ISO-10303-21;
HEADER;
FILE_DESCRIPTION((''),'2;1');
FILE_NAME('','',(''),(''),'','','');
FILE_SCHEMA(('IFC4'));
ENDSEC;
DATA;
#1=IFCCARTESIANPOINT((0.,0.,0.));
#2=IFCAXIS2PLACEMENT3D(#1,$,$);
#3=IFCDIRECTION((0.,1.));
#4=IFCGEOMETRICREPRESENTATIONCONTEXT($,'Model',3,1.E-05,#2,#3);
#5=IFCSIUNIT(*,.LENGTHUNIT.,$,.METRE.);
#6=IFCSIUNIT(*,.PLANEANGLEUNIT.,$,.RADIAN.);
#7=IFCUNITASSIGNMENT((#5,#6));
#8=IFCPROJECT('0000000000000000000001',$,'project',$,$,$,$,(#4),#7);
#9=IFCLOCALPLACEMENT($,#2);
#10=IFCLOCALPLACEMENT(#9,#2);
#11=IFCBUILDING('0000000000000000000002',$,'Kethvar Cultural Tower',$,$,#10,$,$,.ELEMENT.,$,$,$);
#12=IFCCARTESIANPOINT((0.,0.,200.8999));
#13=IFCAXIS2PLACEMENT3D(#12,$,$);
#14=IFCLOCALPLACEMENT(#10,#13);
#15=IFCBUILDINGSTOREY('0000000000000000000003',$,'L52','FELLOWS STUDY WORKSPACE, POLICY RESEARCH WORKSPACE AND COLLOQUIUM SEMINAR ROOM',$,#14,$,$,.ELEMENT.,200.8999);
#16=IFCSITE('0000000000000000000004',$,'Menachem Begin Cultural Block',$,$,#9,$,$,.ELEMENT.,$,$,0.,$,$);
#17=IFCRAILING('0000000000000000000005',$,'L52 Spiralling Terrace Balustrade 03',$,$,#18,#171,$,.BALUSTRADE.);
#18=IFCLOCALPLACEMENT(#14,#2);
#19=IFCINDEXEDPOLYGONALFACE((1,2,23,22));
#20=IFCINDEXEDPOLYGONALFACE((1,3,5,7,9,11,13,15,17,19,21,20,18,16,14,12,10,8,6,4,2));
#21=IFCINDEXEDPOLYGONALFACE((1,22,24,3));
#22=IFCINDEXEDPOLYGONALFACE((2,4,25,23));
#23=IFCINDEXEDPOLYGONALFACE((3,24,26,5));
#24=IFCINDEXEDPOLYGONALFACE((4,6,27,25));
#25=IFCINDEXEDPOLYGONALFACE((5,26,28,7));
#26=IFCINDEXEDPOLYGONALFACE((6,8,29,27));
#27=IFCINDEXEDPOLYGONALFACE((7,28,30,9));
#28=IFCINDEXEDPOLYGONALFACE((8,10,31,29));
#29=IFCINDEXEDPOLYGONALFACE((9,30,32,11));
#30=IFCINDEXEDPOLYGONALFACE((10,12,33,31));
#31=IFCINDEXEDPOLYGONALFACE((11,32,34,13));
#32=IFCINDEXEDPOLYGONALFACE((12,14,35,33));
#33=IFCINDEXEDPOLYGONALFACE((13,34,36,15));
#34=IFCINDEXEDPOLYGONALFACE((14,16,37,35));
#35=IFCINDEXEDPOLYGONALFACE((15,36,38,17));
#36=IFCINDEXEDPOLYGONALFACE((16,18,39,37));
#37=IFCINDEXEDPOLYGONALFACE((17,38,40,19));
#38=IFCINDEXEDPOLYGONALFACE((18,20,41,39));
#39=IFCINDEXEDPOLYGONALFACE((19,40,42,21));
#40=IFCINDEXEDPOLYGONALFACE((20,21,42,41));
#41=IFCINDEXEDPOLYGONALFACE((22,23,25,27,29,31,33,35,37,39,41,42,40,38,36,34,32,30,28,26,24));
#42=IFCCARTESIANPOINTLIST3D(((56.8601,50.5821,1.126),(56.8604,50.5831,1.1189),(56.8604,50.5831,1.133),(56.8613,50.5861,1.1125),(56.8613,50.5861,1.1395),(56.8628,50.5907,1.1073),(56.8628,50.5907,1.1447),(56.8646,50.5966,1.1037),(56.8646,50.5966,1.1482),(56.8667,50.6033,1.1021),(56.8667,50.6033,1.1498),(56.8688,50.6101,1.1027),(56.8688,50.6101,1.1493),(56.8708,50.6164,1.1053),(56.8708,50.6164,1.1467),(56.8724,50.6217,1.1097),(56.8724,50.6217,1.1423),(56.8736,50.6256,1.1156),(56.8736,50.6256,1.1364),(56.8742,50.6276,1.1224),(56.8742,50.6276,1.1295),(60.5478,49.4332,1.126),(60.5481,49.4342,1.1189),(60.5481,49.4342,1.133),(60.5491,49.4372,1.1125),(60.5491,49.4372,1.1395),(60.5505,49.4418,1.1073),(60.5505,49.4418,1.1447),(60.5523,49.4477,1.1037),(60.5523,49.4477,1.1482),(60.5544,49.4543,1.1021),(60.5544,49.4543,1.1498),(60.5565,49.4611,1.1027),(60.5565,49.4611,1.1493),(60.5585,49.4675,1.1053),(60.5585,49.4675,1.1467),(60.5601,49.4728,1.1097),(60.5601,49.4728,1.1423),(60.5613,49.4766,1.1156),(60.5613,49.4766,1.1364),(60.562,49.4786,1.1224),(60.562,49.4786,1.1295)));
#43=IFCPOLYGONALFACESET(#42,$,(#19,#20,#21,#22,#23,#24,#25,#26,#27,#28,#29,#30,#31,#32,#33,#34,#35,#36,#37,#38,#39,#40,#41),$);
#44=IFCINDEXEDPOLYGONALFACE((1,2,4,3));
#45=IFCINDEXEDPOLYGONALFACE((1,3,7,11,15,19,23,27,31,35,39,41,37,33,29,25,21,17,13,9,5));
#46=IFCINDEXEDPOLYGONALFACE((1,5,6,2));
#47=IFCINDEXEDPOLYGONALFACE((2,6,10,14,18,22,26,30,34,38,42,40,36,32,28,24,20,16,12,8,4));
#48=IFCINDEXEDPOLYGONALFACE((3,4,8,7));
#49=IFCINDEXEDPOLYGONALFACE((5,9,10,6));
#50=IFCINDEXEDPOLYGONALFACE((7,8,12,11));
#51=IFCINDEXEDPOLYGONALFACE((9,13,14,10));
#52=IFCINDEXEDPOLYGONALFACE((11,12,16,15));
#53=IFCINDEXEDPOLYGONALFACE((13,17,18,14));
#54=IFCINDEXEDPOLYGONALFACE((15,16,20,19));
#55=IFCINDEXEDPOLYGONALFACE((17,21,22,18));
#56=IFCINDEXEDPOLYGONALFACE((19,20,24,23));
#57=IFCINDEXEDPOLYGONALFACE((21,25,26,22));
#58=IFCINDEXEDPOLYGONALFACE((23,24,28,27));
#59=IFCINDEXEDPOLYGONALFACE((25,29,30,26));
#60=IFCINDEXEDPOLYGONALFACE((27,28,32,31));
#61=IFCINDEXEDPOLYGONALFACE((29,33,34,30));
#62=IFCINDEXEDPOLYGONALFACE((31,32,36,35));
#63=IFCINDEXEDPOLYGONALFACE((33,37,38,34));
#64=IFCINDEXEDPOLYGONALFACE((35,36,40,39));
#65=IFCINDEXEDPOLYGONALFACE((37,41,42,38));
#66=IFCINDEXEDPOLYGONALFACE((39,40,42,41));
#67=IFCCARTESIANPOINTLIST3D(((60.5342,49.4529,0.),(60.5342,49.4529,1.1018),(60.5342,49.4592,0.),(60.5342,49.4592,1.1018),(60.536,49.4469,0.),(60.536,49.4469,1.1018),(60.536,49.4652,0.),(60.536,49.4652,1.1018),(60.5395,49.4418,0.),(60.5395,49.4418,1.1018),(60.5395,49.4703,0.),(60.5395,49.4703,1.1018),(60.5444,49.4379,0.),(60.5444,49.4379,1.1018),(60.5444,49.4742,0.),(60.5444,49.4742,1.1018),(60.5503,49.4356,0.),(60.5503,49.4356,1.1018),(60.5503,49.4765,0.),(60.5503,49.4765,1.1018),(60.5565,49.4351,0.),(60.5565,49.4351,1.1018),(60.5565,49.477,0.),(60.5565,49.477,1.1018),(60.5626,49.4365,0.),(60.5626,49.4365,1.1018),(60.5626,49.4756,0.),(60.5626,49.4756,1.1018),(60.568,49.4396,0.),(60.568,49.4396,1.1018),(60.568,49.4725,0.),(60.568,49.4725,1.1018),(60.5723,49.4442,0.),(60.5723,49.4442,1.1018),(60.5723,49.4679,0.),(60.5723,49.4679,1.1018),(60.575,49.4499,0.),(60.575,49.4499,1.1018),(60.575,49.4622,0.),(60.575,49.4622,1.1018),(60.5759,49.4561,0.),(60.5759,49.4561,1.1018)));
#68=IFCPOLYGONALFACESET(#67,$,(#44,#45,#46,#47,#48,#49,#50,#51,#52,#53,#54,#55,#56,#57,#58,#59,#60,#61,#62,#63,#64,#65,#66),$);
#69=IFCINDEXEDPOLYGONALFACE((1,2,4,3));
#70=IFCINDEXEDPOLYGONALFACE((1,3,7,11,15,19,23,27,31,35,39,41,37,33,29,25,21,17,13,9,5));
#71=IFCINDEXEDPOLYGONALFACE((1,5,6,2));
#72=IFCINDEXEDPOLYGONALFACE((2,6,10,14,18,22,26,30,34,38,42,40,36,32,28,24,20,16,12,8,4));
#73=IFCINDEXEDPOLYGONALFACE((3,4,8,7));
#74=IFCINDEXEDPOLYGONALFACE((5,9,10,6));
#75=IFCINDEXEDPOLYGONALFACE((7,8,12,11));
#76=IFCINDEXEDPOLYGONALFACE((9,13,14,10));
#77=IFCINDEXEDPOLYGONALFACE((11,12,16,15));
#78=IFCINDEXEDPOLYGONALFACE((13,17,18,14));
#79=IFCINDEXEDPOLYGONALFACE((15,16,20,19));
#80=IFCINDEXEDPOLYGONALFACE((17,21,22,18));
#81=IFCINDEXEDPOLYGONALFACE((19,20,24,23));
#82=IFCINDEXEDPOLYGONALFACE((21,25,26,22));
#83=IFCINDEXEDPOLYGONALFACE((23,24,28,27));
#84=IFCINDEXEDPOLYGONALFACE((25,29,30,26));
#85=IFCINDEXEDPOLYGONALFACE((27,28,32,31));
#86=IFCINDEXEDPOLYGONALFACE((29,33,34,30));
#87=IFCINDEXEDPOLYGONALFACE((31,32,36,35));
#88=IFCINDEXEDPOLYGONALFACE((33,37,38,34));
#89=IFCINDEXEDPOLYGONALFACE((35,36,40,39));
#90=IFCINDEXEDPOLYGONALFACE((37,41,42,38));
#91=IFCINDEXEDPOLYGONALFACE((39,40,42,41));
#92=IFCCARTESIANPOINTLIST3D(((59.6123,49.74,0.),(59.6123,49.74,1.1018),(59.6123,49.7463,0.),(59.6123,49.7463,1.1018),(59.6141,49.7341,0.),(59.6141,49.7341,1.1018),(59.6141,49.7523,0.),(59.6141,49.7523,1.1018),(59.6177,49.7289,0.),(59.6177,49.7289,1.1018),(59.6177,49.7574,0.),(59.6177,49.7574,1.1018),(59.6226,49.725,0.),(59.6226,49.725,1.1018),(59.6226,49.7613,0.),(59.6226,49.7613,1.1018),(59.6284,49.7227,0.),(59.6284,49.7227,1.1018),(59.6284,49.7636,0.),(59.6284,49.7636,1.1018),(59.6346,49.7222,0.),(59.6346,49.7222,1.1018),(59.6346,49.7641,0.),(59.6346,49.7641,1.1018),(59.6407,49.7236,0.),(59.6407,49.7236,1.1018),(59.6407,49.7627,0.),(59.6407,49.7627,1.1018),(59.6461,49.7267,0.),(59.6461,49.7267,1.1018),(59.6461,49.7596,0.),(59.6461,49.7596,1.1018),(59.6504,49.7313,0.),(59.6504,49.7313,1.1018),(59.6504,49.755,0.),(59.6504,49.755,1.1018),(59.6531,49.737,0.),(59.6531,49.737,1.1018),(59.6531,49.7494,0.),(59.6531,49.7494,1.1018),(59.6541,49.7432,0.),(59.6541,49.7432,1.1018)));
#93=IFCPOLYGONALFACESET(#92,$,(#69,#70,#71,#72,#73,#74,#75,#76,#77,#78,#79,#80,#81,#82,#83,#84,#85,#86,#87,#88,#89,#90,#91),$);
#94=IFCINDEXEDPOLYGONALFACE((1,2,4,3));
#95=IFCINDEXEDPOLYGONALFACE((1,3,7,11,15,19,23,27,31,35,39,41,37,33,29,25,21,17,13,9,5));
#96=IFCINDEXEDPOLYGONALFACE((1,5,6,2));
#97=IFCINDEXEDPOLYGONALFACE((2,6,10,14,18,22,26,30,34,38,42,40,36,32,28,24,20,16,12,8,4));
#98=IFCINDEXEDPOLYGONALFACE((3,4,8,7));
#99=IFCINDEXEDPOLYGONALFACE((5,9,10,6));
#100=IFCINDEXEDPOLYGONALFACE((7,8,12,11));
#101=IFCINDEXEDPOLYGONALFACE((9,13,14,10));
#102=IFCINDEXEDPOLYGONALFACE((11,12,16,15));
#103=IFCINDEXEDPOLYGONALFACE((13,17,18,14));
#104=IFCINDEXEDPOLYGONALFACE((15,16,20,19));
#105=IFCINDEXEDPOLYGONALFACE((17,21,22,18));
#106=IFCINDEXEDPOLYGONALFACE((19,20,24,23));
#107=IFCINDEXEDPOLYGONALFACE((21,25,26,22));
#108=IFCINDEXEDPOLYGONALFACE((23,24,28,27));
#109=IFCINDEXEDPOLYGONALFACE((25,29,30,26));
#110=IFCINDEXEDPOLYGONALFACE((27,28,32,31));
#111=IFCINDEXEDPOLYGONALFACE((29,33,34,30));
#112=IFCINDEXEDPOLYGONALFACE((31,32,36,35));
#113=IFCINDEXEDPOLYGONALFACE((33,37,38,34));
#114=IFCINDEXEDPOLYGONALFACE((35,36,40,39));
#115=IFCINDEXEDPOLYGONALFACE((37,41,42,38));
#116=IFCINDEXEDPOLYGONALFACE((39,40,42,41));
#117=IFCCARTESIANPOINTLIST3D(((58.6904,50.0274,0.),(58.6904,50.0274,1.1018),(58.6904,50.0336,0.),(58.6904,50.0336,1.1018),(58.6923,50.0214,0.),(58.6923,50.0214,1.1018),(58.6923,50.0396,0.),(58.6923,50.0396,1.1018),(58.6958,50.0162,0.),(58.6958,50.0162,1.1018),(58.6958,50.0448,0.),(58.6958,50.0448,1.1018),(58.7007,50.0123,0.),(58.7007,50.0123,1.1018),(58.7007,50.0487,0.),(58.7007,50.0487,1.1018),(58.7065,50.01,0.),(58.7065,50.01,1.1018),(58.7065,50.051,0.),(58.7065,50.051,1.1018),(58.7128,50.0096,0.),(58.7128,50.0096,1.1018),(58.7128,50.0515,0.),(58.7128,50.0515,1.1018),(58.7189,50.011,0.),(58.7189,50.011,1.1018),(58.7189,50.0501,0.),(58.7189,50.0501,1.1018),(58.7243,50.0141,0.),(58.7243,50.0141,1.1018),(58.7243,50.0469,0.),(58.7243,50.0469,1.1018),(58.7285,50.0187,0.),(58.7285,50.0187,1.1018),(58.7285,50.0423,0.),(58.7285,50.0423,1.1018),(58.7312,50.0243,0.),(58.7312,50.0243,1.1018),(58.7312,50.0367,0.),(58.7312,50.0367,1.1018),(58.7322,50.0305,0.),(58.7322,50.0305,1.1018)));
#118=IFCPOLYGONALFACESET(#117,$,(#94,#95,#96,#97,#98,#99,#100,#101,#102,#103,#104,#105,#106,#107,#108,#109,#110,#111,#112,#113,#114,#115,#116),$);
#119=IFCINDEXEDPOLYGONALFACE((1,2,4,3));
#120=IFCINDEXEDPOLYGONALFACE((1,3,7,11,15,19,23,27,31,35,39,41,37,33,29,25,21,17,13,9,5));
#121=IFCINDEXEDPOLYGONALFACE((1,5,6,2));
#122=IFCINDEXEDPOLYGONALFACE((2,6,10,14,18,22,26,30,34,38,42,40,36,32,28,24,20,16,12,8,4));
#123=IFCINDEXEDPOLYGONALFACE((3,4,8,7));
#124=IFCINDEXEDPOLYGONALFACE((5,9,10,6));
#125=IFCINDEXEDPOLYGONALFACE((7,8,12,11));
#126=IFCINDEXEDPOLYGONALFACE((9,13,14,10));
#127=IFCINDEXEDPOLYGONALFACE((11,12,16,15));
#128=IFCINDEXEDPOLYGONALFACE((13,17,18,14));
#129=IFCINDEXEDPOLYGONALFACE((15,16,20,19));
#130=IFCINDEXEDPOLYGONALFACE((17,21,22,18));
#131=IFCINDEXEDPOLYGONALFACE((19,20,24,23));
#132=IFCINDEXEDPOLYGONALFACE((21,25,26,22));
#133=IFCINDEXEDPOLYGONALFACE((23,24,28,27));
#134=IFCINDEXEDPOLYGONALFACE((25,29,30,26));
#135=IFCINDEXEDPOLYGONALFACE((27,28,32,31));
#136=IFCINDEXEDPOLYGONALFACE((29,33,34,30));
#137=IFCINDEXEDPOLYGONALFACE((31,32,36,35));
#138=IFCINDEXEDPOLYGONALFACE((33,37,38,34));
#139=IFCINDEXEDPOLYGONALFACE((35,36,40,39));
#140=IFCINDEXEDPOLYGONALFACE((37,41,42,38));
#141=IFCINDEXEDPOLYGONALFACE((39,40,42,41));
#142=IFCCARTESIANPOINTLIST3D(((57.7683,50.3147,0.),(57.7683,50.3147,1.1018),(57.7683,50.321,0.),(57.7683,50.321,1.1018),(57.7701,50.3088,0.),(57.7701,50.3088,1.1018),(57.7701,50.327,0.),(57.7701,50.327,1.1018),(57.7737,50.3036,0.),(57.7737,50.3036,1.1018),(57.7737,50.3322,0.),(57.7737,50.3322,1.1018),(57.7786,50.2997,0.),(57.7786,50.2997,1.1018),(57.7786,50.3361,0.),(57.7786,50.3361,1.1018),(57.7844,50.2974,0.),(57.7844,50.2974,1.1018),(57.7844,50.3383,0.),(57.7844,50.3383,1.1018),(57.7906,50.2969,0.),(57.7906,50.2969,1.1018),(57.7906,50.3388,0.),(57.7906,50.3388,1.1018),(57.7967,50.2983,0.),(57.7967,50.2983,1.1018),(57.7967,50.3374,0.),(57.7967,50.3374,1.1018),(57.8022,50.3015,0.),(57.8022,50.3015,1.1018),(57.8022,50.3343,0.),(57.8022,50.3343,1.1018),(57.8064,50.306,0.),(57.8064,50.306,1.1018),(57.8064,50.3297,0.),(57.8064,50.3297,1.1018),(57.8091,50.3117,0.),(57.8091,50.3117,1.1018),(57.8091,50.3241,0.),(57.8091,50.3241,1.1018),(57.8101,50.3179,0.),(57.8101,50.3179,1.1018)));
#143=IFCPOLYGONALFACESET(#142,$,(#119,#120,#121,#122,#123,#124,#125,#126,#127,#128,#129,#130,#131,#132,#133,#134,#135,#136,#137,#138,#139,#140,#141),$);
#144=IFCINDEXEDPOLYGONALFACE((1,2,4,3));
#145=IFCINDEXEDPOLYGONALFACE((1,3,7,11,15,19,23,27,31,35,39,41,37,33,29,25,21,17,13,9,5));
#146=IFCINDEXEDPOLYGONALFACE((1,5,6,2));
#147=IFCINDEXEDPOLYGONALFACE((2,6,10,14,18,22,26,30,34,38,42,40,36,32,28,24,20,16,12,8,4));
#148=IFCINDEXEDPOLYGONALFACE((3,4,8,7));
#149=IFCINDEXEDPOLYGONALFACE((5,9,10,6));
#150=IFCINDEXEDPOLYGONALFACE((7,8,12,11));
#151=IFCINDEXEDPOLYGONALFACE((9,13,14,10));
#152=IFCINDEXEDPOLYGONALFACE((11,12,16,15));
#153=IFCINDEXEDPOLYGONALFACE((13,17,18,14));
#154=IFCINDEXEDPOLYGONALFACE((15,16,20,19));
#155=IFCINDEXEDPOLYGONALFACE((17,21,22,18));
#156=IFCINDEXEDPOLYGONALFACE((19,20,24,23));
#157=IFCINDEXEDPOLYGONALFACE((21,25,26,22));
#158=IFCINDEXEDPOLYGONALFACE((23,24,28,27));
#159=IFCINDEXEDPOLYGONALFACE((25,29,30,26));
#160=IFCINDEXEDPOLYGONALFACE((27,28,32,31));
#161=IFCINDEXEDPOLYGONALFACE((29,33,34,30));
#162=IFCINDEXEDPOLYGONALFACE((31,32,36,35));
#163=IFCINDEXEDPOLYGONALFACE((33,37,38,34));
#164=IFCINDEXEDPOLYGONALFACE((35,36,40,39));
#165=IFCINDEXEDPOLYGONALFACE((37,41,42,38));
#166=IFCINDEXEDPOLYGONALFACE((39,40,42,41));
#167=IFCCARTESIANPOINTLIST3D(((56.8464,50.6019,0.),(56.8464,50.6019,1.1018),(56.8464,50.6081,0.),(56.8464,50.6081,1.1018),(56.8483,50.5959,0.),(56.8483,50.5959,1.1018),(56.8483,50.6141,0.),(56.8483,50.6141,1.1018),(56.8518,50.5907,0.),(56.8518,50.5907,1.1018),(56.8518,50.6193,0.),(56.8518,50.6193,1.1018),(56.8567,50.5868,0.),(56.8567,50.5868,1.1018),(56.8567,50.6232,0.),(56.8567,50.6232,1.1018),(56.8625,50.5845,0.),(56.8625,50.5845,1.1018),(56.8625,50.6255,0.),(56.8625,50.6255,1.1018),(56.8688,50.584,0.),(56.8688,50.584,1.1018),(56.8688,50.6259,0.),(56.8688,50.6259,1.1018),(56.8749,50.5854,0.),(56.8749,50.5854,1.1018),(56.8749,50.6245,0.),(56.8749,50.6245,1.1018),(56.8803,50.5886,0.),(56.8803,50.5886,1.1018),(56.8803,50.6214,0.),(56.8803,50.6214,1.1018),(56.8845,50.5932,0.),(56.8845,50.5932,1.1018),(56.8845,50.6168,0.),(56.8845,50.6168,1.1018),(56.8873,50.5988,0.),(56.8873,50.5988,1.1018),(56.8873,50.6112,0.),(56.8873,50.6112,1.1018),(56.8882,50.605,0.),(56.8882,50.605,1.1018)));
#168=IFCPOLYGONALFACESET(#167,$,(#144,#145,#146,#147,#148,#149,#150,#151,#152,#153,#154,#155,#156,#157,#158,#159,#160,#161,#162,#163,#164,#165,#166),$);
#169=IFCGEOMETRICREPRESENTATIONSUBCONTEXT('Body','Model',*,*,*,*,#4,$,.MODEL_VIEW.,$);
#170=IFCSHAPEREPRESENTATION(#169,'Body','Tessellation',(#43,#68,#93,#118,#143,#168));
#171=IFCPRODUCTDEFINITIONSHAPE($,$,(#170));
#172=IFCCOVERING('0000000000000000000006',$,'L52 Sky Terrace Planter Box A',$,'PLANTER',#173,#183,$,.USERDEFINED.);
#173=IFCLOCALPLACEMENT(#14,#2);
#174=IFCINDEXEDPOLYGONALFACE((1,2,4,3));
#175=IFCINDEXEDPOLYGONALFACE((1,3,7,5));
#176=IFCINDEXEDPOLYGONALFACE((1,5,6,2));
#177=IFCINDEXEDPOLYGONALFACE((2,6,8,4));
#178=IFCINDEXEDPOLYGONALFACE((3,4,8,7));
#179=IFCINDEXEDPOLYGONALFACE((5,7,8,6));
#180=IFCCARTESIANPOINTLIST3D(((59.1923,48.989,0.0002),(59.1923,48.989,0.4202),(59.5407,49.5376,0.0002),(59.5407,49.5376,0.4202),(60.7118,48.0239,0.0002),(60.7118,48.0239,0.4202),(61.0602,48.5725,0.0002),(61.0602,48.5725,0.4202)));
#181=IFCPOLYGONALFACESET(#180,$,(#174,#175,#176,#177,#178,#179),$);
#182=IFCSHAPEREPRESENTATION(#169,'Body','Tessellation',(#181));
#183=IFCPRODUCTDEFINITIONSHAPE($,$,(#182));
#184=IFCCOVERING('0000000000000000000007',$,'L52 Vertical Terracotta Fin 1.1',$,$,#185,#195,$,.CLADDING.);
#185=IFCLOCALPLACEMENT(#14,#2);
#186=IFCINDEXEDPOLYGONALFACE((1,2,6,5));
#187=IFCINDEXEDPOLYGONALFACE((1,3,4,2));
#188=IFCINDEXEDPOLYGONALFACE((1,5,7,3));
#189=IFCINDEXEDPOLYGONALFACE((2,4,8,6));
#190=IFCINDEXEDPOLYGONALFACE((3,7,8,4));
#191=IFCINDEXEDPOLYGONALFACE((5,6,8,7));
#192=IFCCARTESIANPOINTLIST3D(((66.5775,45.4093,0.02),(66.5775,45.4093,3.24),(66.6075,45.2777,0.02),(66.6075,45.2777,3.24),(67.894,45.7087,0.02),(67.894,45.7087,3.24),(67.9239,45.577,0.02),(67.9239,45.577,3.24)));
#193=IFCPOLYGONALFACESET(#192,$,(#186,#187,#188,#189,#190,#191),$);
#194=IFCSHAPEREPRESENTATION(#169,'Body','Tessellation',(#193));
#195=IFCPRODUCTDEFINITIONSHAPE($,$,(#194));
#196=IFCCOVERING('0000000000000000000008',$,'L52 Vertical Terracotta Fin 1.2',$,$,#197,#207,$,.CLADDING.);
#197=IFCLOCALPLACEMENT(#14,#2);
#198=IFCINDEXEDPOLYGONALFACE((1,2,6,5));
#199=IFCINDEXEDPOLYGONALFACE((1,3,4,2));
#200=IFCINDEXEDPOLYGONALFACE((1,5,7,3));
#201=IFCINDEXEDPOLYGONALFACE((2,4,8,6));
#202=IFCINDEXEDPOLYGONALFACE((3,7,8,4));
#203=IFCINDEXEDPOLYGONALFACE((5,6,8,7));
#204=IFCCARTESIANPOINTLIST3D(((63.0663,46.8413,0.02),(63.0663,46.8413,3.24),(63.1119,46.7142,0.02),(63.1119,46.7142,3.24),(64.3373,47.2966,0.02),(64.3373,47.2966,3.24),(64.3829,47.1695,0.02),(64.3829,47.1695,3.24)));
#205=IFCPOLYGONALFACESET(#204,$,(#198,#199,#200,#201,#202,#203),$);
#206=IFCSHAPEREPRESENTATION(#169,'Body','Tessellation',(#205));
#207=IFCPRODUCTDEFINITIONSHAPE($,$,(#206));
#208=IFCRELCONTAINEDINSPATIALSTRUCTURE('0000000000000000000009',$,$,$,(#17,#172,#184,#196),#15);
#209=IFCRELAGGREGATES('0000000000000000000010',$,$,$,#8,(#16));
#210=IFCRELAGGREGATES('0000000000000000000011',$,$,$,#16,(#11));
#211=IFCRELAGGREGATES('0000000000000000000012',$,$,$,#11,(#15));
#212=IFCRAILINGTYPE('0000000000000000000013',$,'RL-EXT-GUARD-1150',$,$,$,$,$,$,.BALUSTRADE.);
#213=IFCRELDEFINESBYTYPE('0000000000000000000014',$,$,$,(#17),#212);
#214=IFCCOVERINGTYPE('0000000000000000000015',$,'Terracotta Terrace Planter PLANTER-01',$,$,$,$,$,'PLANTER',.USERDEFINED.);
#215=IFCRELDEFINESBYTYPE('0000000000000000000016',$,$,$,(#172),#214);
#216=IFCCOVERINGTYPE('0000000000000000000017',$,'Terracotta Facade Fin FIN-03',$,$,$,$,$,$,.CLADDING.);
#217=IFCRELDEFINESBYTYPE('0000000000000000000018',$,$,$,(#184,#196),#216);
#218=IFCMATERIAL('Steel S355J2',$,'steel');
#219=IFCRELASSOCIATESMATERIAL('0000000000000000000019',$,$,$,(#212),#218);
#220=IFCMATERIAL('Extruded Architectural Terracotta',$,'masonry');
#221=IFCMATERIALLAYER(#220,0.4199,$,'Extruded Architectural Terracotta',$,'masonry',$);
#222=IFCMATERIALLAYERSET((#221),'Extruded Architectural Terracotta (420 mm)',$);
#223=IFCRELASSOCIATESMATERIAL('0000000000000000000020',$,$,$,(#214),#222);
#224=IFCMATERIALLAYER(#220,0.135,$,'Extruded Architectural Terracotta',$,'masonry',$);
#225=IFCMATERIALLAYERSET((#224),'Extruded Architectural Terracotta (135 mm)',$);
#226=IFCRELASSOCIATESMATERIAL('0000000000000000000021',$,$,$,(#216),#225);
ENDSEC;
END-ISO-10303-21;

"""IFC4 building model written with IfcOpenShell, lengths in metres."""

from ifc_helpers import new_model, si_unit, direction, frame, origin, origin_2d, place, context, subcontext, project, spatial, rectangle, circle, extrude, source, transform, mapped, material, layer, layer_set, type_object, element, save


model = new_model("IFC4")

# Units and contexts
model_context = context("Model", 3, precision=1e-05, world=origin(), true_north=direction((0.0, 1.0)))
body_context = subcontext(model_context, "Body", "Model", "MODEL_VIEW")
ifc_project = project(units=[si_unit("LENGTHUNIT", "METRE"), si_unit("PLANEANGLEUNIT", "RADIAN")], contexts=[model_context])

# Site, building, storey
site_placement = place(None, origin())
site = spatial("IfcSite", under=ifc_project, at=site_placement, Name="Menachem Begin Cultural Block", CompositionType="ELEMENT", RefElevation=0.0)
building_placement = place(site_placement, origin())
building = spatial("IfcBuilding", under=site, at=building_placement, Name="Kethvar Cultural Tower", CompositionType="ELEMENT")
storey_placement = place(building_placement, frame((0.0, 0.0, 200.8999)))
storey = spatial("IfcBuildingStorey", under=building, at=storey_placement, Name="L52", Description="FELLOWS STUDY WORKSPACE, POLICY RESEARCH WORKSPACE AND COLLOQUIUM SEMINAR ROOM", CompositionType="ELEMENT", Elevation=200.8999)

# Shared definitions
ifc_material_1 = material(Name="Steel S355J2", Category="steel")

# Railing
railing_type = type_object("IfcRailingType", Name="RL-EXT-GUARD-1150", PredefinedType="BALUSTRADE", material=ifc_material_1)
railing_1_placement = place(storey_placement, frame((60.5549, 49.4561, 0.0)))
element("IfcRailing", 1, at=railing_1_placement, inside=storey, type_object=railing_type, Name="L52 Spiralling Terrace Balustrade 03", PredefinedType="BALUSTRADE", context=body_context, shape_type="SweptSolid", body=[
    extrude(circle(Radius=0.0239, at=origin_2d()), frame((0.0, 0.0, 1.126), z_axis=(-0.954737, 0.297451, 0.0), x_axis=(-0.297451, -0.954737, 0.0)), (0.0, 0.0, 1.0), 3.8625),
    extrude(circle(Radius=0.021, at=origin_2d()), origin(), (0.0, 0.0, 1.0), 1.1018),
    extrude(circle(Radius=0.021, at=origin_2d()), frame((-0.9219, 0.2871, 0.0)), (0.0, 0.0, 1.0), 1.1018),
    extrude(circle(Radius=0.021, at=origin_2d()), frame((-1.8438, 0.5745, 0.0)), (0.0, 0.0, 1.0), 1.1018),
    extrude(circle(Radius=0.021, at=origin_2d()), frame((-2.7659, 0.8618, 0.0)), (0.0, 0.0, 1.0), 1.1018),
    extrude(circle(Radius=0.021, at=origin_2d()), frame((-3.6877, 1.1489, 0.0)), (0.0, 0.0, 1.0), 1.1018),
])

# Coverings
ifc_material_2 = material(Name="Extruded Architectural Terracotta", Category="masonry")
ifc_layer_1 = layer(ifc_material_2, 0.4199, Name="Extruded Architectural Terracotta", Category="masonry")
ifc_layer_set_1 = layer_set([ifc_layer_1], Name="Extruded Architectural Terracotta (420 mm)")
covering_type_1 = type_object("IfcCoveringType", Name="Terracotta Terrace Planter PLANTER-01", ElementType="PLANTER", PredefinedType="USERDEFINED", material=ifc_layer_set_1)
shared_shape_1 = source(origin(), body_context, "Body", "SweptSolid", [
    extrude(rectangle(XDim=1.8, YDim=0.6499, at=origin_2d()), origin(), (0.0, 0.0, 1.0), 0.4199),
])
covering_placement = place(storey_placement, frame((60.1262, 48.7808, 0.0002), z_axis=(0.0, 0.0, 1.0), x_axis=(-0.844141, 0.536121, 0.0)))
element("IfcCovering", 2, at=covering_placement, inside=storey, type_object=covering_type_1, Name="L52 Sky Terrace Planter Box A", ObjectType="PLANTER", PredefinedType="USERDEFINED", context=body_context, shape_type="MappedRepresentation", body=[
    mapped(shared_shape_1, transform((0.0, 0.0, 0.0), scale=1.0)),
])
ifc_layer_2 = layer(ifc_material_2, 0.135, Name="Extruded Architectural Terracotta", Category="masonry")
ifc_layer_set_2 = layer_set([ifc_layer_2], Name="Extruded Architectural Terracotta (135 mm)")
covering_type_2 = type_object("IfcCoveringType", Name="Terracotta Facade Fin FIN-03", PredefinedType="CLADDING", material=ifc_layer_set_2)
shared_shape_2 = source(origin(), body_context, "Body", "SweptSolid", [
    extrude(rectangle(XDim=1.3501, YDim=0.135, at=origin_2d()), origin(), (0.0, 0.0, 1.0), 3.22),
])
for number, where, z_axis, x_axis, name in (
    (3, (67.2507, 45.4932, 0.02), (0.0, 0.0, 1.0), (0.975111, 0.221719, 0.0), "L52 Vertical Terracotta Fin 1.1"),
    (4, (63.7246, 47.0054, 0.02), (0.0, 0.0, 1.0), (0.941412, 0.33726, 0.0), "L52 Vertical Terracotta Fin 1.2"),
):
    element("IfcCovering", number, at=place(storey_placement, frame(where, z_axis=z_axis, x_axis=x_axis)), inside=storey, type_object=covering_type_2, Name=name, PredefinedType="CLADDING", context=body_context, shape_type="MappedRepresentation", body=[
        mapped(shared_shape_2, transform((0.0, 0.0, 0.0), scale=1.0)),
    ])

save(model, "model.ifc")
